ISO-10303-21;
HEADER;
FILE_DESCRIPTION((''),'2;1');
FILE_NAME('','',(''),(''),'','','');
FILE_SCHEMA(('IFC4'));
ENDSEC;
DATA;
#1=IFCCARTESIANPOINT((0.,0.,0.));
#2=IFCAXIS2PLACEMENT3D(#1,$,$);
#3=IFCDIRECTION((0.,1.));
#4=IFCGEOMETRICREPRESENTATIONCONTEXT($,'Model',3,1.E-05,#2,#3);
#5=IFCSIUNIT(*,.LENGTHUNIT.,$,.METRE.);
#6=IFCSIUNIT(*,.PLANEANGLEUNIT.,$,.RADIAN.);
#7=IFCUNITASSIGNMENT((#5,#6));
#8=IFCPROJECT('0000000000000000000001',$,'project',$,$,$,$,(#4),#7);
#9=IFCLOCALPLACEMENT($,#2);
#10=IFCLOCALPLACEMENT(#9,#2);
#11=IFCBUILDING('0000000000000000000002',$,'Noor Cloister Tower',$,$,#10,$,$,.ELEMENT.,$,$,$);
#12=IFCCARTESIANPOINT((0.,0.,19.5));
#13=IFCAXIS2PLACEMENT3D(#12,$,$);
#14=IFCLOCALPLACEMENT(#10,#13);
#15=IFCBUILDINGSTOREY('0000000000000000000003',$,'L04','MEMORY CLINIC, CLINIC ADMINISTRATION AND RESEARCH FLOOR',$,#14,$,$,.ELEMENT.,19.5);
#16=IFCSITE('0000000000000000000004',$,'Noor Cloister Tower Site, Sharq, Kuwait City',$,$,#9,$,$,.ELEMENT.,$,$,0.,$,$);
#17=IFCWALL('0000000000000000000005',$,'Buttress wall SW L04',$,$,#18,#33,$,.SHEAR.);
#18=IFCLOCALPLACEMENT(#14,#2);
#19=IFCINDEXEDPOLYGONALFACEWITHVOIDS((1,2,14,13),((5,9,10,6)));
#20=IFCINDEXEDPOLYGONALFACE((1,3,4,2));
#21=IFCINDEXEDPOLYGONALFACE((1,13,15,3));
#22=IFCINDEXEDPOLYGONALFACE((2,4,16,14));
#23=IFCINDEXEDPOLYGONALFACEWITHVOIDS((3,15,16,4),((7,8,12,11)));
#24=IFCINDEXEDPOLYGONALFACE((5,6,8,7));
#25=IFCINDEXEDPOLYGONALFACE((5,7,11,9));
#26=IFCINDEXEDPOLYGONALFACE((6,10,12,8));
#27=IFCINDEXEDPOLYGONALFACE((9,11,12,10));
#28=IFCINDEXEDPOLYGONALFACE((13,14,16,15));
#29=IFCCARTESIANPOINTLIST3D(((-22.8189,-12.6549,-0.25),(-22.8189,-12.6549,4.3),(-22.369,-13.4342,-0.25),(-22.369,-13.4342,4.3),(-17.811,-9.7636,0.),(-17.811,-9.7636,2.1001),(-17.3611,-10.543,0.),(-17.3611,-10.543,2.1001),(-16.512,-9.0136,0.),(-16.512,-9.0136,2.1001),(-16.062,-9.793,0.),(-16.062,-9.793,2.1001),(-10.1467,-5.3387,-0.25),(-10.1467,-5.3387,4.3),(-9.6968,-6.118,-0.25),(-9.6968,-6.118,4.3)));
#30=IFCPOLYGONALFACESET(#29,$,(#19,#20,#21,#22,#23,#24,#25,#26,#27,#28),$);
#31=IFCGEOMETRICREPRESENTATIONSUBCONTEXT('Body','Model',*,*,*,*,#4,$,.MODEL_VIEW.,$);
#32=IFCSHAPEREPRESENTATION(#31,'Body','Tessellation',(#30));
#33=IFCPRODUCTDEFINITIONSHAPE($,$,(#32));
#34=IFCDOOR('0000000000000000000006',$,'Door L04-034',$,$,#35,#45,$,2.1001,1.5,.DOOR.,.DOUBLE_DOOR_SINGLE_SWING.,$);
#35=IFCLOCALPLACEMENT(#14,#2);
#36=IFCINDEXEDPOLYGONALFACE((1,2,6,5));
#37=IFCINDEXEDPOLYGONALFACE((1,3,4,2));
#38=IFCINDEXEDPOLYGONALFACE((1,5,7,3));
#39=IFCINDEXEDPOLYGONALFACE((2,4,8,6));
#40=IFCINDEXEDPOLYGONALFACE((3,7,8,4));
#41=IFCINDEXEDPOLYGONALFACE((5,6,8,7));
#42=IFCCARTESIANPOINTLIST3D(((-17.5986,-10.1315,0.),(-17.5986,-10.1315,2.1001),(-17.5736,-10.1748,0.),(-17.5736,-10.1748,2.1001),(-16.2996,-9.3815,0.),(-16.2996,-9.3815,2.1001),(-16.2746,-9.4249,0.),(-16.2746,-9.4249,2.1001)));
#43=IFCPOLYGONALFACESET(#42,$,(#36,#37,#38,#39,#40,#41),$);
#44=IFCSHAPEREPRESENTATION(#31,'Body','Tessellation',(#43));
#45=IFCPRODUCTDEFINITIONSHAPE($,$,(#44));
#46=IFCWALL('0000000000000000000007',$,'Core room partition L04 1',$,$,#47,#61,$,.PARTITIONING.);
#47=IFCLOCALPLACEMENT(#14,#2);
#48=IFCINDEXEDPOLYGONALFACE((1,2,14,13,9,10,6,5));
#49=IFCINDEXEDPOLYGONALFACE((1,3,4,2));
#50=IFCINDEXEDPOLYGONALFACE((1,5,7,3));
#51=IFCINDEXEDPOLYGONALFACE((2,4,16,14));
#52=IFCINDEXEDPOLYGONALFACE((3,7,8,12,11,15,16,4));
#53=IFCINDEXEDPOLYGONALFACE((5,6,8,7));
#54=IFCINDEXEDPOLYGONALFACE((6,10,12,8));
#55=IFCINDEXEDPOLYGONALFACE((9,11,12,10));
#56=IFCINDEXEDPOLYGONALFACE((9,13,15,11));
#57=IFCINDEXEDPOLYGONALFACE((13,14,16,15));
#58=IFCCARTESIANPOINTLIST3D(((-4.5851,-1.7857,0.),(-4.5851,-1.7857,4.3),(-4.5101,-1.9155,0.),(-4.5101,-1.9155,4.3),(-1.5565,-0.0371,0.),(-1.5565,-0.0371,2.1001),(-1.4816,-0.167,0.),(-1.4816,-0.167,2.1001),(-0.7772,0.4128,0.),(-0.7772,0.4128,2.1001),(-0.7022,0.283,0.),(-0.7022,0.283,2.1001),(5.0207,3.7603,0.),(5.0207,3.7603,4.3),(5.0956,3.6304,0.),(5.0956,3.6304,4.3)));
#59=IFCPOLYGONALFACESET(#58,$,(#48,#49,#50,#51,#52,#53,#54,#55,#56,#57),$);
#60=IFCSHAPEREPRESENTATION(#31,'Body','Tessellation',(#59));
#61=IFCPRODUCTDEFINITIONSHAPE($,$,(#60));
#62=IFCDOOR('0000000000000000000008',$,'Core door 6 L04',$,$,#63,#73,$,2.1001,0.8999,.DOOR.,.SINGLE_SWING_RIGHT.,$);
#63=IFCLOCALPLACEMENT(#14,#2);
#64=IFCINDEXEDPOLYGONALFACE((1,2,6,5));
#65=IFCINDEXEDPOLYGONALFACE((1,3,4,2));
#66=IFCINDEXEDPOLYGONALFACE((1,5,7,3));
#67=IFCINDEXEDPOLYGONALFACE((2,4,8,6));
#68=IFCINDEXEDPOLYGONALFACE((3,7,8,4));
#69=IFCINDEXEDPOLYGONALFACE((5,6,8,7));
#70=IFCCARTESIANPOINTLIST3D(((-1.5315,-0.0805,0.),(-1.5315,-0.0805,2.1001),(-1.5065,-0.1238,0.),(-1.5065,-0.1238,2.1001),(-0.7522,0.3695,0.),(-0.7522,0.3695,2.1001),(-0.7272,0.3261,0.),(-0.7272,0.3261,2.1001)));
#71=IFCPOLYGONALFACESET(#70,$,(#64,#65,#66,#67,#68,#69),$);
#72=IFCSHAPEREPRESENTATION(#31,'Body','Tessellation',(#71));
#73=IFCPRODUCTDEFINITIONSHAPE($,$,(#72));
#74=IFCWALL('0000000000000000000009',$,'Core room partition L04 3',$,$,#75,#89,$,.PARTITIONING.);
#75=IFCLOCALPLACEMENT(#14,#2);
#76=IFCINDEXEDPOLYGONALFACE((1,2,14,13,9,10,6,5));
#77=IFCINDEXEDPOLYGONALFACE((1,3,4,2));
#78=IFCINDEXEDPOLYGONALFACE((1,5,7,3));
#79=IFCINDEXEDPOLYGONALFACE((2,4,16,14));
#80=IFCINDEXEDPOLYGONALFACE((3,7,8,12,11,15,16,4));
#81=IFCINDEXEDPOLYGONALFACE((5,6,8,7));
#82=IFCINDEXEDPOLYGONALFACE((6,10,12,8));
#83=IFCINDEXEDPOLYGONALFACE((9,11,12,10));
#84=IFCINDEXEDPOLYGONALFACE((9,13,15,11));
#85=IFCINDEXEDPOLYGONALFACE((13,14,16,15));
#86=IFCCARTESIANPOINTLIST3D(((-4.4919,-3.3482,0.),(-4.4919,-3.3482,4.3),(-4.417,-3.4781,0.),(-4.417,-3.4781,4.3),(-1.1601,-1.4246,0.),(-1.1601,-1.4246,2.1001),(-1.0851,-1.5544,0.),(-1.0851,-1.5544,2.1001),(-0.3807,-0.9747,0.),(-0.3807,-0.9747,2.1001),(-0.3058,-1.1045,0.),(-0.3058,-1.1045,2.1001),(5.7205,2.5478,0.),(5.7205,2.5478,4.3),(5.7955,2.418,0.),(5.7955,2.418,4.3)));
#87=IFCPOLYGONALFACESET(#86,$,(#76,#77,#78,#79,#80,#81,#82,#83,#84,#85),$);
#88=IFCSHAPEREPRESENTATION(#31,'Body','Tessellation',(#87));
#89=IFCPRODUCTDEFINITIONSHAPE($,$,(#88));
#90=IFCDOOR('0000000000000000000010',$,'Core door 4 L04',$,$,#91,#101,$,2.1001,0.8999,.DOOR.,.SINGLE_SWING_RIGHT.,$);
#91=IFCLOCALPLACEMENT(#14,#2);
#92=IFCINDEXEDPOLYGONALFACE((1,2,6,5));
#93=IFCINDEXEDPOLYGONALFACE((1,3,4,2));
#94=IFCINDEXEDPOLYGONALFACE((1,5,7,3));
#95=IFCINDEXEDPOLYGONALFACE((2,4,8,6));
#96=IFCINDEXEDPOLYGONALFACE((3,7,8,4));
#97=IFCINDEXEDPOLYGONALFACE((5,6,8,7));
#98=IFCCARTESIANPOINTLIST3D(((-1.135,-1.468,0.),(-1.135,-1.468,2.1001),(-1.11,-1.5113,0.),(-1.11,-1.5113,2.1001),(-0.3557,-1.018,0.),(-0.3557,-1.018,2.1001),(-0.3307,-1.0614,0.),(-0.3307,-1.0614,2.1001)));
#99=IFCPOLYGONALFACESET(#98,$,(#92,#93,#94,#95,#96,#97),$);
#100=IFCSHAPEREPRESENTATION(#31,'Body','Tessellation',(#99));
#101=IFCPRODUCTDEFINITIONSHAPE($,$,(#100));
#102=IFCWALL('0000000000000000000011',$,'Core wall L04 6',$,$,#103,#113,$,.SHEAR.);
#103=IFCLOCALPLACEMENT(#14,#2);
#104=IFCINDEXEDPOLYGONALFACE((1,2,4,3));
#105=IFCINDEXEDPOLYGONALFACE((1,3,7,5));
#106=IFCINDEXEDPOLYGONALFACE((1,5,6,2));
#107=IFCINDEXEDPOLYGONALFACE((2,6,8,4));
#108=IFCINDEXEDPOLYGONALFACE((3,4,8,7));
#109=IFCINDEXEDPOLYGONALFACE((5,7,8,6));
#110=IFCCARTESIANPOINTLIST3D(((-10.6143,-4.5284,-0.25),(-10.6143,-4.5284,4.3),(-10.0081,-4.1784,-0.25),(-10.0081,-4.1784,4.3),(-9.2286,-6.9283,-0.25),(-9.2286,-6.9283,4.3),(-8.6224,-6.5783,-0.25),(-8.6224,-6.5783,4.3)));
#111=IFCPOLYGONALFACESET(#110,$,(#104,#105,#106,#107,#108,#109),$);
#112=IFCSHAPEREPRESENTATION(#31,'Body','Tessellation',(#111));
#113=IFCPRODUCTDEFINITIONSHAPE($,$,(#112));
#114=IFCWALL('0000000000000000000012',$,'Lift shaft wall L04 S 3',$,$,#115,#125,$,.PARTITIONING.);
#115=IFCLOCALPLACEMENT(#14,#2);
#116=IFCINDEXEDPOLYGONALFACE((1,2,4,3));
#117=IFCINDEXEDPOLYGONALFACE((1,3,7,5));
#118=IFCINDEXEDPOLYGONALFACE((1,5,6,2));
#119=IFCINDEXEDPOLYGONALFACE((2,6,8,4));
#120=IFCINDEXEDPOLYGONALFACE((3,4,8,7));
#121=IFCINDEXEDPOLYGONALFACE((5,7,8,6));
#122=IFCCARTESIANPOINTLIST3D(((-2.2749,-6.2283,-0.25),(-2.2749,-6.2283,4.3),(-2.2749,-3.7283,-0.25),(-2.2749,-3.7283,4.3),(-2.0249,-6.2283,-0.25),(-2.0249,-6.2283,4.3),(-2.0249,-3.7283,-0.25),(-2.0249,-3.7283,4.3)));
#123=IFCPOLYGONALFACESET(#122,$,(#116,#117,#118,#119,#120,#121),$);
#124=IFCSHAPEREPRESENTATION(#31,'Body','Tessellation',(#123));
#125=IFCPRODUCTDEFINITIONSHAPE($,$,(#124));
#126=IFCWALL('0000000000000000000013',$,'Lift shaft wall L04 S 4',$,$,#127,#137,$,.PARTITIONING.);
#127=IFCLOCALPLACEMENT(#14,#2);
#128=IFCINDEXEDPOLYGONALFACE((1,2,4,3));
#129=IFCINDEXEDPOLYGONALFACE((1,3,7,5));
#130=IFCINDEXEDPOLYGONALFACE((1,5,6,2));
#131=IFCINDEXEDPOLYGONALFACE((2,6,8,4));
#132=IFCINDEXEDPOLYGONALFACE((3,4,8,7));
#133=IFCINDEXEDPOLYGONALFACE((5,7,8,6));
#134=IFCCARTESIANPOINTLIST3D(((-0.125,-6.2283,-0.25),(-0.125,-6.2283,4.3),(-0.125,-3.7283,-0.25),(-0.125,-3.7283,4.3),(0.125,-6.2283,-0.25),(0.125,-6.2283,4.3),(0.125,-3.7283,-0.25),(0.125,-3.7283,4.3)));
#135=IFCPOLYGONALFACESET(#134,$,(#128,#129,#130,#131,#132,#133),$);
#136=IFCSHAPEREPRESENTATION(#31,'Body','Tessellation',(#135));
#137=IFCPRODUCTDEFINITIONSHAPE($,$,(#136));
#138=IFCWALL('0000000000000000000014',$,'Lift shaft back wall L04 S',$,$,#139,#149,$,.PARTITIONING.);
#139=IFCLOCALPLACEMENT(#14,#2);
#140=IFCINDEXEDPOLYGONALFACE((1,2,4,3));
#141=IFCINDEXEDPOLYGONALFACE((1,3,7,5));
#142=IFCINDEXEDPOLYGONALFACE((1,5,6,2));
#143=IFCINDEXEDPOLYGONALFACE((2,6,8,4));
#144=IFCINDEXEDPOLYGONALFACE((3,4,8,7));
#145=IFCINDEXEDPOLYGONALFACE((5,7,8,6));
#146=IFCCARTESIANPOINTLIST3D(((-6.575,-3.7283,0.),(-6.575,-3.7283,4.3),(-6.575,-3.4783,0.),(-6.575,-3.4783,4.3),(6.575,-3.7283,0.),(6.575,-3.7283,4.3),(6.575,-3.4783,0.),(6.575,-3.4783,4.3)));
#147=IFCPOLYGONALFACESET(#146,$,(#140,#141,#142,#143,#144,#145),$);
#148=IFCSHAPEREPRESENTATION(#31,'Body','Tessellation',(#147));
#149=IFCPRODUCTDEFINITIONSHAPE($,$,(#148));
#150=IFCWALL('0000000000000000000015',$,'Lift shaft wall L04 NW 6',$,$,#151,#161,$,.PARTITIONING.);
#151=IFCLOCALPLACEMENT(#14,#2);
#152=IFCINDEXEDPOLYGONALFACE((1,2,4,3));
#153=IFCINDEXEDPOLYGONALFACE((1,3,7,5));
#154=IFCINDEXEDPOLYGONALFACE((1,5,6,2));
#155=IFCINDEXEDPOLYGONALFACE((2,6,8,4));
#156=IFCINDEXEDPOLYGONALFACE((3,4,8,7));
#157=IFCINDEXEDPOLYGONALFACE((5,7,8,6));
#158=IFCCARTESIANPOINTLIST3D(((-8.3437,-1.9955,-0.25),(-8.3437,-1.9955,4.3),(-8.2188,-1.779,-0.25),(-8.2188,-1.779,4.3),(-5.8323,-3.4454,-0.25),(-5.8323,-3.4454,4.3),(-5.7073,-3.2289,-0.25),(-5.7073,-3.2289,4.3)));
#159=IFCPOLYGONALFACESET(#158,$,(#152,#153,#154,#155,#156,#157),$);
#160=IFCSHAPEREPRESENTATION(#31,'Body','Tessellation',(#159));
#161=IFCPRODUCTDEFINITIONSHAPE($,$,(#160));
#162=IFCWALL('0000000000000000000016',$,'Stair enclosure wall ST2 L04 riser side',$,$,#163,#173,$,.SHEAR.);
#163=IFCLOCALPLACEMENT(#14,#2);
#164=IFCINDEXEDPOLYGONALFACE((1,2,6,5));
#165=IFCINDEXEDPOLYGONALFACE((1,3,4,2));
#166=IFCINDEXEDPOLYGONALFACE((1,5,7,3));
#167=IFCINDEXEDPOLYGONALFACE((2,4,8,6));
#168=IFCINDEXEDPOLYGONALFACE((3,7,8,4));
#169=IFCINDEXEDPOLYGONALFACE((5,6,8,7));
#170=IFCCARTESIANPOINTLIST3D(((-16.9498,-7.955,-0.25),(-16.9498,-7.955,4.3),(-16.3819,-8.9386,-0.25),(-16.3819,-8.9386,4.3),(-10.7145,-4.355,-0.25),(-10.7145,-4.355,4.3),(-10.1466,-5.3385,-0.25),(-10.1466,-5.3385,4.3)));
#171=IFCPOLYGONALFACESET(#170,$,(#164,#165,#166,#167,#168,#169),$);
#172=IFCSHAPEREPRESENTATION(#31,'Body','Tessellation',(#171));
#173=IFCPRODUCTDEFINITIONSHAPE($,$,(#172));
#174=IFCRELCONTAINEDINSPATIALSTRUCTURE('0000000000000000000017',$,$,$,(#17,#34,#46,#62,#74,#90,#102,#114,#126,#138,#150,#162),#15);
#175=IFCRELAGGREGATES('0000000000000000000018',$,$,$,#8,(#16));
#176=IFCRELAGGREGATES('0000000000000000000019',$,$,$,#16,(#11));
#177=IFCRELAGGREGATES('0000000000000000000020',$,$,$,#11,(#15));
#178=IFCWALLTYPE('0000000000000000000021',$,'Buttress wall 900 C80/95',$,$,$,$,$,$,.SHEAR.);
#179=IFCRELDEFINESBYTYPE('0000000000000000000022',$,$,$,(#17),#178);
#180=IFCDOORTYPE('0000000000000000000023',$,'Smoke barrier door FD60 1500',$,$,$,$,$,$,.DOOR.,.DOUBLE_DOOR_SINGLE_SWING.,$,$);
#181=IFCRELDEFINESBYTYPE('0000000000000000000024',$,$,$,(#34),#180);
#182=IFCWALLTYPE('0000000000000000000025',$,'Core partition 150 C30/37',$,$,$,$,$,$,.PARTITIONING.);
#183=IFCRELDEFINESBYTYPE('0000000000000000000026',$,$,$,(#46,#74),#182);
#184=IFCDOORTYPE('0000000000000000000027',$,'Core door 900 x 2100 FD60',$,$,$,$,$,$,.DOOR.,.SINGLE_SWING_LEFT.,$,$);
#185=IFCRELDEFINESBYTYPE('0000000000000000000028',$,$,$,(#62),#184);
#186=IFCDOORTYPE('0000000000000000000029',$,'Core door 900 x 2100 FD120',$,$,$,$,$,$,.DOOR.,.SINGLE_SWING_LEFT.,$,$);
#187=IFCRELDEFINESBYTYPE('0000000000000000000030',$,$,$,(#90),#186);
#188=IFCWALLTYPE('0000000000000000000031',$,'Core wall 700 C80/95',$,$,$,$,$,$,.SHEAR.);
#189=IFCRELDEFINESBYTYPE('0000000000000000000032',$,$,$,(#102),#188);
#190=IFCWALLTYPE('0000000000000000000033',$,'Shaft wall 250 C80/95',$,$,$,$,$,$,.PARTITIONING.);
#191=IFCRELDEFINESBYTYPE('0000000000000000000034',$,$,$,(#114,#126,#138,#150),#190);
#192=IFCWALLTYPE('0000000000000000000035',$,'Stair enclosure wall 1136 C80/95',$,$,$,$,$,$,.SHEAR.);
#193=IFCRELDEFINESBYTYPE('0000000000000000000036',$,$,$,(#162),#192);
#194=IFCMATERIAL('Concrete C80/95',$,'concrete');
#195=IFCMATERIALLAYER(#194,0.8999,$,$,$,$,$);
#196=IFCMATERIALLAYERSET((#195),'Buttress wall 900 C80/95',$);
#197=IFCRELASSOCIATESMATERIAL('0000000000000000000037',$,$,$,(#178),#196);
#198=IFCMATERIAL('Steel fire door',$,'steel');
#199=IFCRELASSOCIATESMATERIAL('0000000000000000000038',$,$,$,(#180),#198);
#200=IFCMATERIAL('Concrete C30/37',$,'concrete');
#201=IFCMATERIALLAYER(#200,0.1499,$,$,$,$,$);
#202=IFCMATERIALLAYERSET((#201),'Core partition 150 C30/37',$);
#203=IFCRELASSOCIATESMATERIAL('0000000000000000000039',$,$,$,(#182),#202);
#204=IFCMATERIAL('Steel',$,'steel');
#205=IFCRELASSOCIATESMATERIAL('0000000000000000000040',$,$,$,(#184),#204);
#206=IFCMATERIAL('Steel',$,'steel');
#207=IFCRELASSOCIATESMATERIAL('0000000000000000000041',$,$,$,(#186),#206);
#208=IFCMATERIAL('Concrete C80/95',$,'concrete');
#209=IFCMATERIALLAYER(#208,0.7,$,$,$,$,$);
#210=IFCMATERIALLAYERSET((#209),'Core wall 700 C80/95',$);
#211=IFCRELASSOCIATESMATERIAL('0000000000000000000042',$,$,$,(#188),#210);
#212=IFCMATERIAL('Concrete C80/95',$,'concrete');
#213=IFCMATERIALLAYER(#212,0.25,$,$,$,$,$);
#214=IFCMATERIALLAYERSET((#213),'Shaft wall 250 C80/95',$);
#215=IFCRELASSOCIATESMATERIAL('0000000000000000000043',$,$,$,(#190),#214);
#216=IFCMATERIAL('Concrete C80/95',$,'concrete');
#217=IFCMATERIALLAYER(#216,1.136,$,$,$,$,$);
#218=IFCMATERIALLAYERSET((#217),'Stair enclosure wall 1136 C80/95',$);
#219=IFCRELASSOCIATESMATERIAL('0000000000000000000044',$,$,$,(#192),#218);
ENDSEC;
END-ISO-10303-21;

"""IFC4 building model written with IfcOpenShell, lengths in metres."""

from ifc_helpers import new_model, si_unit, direction, frame, frame_2d, origin, place, context, subcontext, project, spatial, rectangle, extrude, material, layer, layer_set, type_object, element, fill, save


model = new_model("IFC4")

# Units and contexts
model_context = context("Model", 3, precision=1e-05, world=origin(), true_north=direction((0.0, 1.0)))
body_context = subcontext(model_context, "Body", "Model", "MODEL_VIEW")
ifc_project = project(units=[si_unit("LENGTHUNIT", "METRE"), si_unit("PLANEANGLEUNIT", "RADIAN")], contexts=[model_context])

# Site, building, storey
site_placement = place(None, origin())
site = spatial("IfcSite", under=ifc_project, at=site_placement, Name="Noor Cloister Tower Site, Sharq, Kuwait City", CompositionType="ELEMENT", RefElevation=0.0)
building_placement = place(site_placement, origin())
building = spatial("IfcBuilding", under=site, at=building_placement, Name="Noor Cloister Tower", CompositionType="ELEMENT")
storey_placement = place(building_placement, frame((0.0, 0.0, 19.5)))
storey = spatial("IfcBuildingStorey", under=building, at=storey_placement, Name="L04", Description="MEMORY CLINIC, CLINIC ADMINISTRATION AND RESEARCH FLOOR", CompositionType="ELEMENT", Elevation=19.5)

# Walls, openings, doors
ifc_material_1 = material(Name="Concrete C80/95", Category="concrete")
ifc_layer_1 = layer(ifc_material_1, 0.8999)
ifc_layer_set_1 = layer_set([ifc_layer_1], Name="Buttress wall 900 C80/95")
wall_type_1 = type_object("IfcWallType", Name="Buttress wall 900 C80/95", PredefinedType="SHEAR", material=ifc_layer_set_1)
wall_1_placement = place(storey_placement, frame((-9.9216, -5.7283, -0.25), z_axis=(0.0, 0.0, 1.0), x_axis=(-0.866028, -0.499995, 0.0)))
wall_1 = element("IfcWall", 1, at=wall_1_placement, inside=storey, type_object=wall_type_1, Name="Buttress wall SW L04", PredefinedType="SHEAR", context=body_context, shape_type="SweptSolid", body=[
    extrude(rectangle(XDim=14.6326, YDim=0.8999, at=frame_2d((7.3164, 0.0))), origin(), (0.0, 0.0, 1.0), 4.55),
])
opening_1_placement = place(wall_1_placement, frame((7.3501, 0.0, 0.25)))
opening_1 = element("IfcOpeningElement", 2, at=opening_1_placement, cuts=wall_1, PredefinedType="OPENING", context=body_context, shape_type="SweptSolid", body=[
    extrude(rectangle(XDim=1.5, YDim=2.1001, at=frame_2d((0.75, 1.05))), frame((0.0, 0.46, 0.0), z_axis=(0.0, -1.0, 0.0), x_axis=(1.0, 0.0, 0.0)), (0.0, 0.0, 1.0), 0.9199),
])
ifc_material_2 = material(Name="Steel fire door", Category="steel")
door_type_1 = type_object("IfcDoorType", Name="Smoke barrier door FD60 1500", OperationType="DOUBLE_DOOR_SINGLE_SWING", PredefinedType="DOOR", material=ifc_material_2)
door_1_placement = place(opening_1_placement, origin())
door_1 = element("IfcDoor", 3, at=door_1_placement, inside=storey, type_object=door_type_1, Name="Door L04-034", OperationType="DOUBLE_DOOR_SINGLE_SWING", OverallHeight=2.1001, OverallWidth=1.5, PredefinedType="DOOR", context=body_context, shape_type="SweptSolid", body=[
    extrude(rectangle(XDim=1.5, YDim=2.1001, at=frame_2d((0.75, 1.05))), frame((0.0, 0.0249, 0.0), z_axis=(0.0, -1.0, 0.0), x_axis=(1.0, 0.0, 0.0)), (0.0, 0.0, 1.0), 0.05),
])
fill(opening_1, door_1)
ifc_material_3 = material(Name="Concrete C30/37", Category="concrete")
ifc_layer_2 = layer(ifc_material_3, 0.1499)
ifc_layer_set_2 = layer_set([ifc_layer_2], Name="Core partition 150 C30/37")
wall_type_2 = type_object("IfcWallType", Name="Core partition 150 C30/37", PredefinedType="PARTITIONING", material=ifc_layer_set_2)
wall_2_placement = place(storey_placement, frame((-4.5476, -1.8506, 0.0), z_axis=(0.0, 0.0, 1.0), x_axis=(0.866024, 0.500003, 0.0)))
wall_2 = element("IfcWall", 4, at=wall_2_placement, inside=storey, type_object=wall_type_2, Name="Core room partition L04 1", PredefinedType="PARTITIONING", context=body_context, shape_type="SweptSolid", body=[
    extrude(rectangle(XDim=11.0918, YDim=0.1499, at=frame_2d((5.5459, 0.0))), origin(), (0.0, 0.0, 1.0), 4.3),
])
opening_2_placement = place(wall_2_placement, frame((3.4971, 0.0, 0.0)))
opening_2 = element("IfcOpeningElement", 5, at=opening_2_placement, cuts=wall_2, PredefinedType="OPENING", context=body_context, shape_type="SweptSolid", body=[
    extrude(rectangle(XDim=0.8999, YDim=2.1001, at=frame_2d((0.45, 1.05))), frame((0.0, 0.085, 0.0), z_axis=(0.0, -1.0, 0.0), x_axis=(1.0, 0.0, 0.0)), (0.0, 0.0, 1.0), 0.1699),
])
ifc_material_4 = material(Name="Steel", Category="steel")
door_type_2 = type_object("IfcDoorType", Name="Core door 900 x 2100 FD60", OperationType="SINGLE_SWING_LEFT", PredefinedType="DOOR", material=ifc_material_4)
door_2_placement = place(opening_2_placement, origin())
door_2 = element("IfcDoor", 6, at=door_2_placement, inside=storey, type_object=door_type_2, Name="Core door 6 L04", OperationType="SINGLE_SWING_RIGHT", OverallHeight=2.1001, OverallWidth=0.8999, PredefinedType="DOOR", context=body_context, shape_type="SweptSolid", body=[
    extrude(rectangle(XDim=0.8999, YDim=2.1001, at=frame_2d((0.45, 1.05))), frame((0.0, 0.0249, 0.0), z_axis=(0.0, -1.0, 0.0), x_axis=(1.0, 0.0, 0.0)), (0.0, 0.0, 1.0), 0.05),
])
fill(opening_2, door_2)
wall_3_placement = place(storey_placement, frame((-4.4543, -3.4131, 0.0), z_axis=(0.0, 0.0, 1.0), x_axis=(0.86603, 0.499991, 0.0)))
wall_3 = element("IfcWall", 7, at=wall_3_placement, inside=storey, type_object=wall_type_2, Name="Core room partition L04 3", PredefinedType="PARTITIONING", context=body_context, shape_type="SweptSolid", body=[
    extrude(rectangle(XDim=11.7922, YDim=0.1499, at=frame_2d((5.896, 0.0))), origin(), (0.0, 0.0, 1.0), 4.3),
])
opening_3_placement = place(wall_3_placement, frame((3.8472, 0.0, 0.0)))
opening_3 = element("IfcOpeningElement", 8, at=opening_3_placement, cuts=wall_3, PredefinedType="OPENING", context=body_context, shape_type="SweptSolid", body=[
    extrude(rectangle(XDim=0.8999, YDim=2.1001, at=frame_2d((0.45, 1.05))), frame((0.0, 0.085, 0.0), z_axis=(0.0, -1.0, 0.0), x_axis=(1.0, 0.0, 0.0)), (0.0, 0.0, 1.0), 0.1699),
])
ifc_material_5 = material(Name="Steel", Category="steel")
door_type_3 = type_object("IfcDoorType", Name="Core door 900 x 2100 FD120", OperationType="SINGLE_SWING_LEFT", PredefinedType="DOOR", material=ifc_material_5)
door_3_placement = place(opening_3_placement, origin())
door_3 = element("IfcDoor", 9, at=door_3_placement, inside=storey, type_object=door_type_3, Name="Core door 4 L04", OperationType="SINGLE_SWING_RIGHT", OverallHeight=2.1001, OverallWidth=0.8999, PredefinedType="DOOR", context=body_context, shape_type="SweptSolid", body=[
    extrude(rectangle(XDim=0.8999, YDim=2.1001, at=frame_2d((0.45, 1.05))), frame((0.0, 0.0249, 0.0), z_axis=(0.0, -1.0, 0.0), x_axis=(1.0, 0.0, 0.0)), (0.0, 0.0, 1.0), 0.05),
])
fill(opening_3, door_3)

# Walls
ifc_material_6 = material(Name="Concrete C80/95", Category="concrete")
ifc_layer_3 = layer(ifc_material_6, 0.7)
ifc_layer_set_3 = layer_set([ifc_layer_3], Name="Core wall 700 C80/95")
wall_type_3 = type_object("IfcWallType", Name="Core wall 700 C80/95", PredefinedType="SHEAR", material=ifc_layer_set_3)
wall_4_placement = place(storey_placement, frame((-10.3113, -4.3533, -0.25), z_axis=(0.0, 0.0, 1.0), x_axis=(0.500043, -0.866001, 0.0)))
element("IfcWall", 10, at=wall_4_placement, inside=storey, type_object=wall_type_3, Name="Core wall L04 6", PredefinedType="SHEAR", context=body_context, shape_type="SweptSolid", body=[
    extrude(rectangle(XDim=2.7712, YDim=0.7, at=frame_2d((1.3857, 0.0))), origin(), (0.0, 0.0, 1.0), 4.55),
])
ifc_material_7 = material(Name="Concrete C80/95", Category="concrete")
ifc_layer_4 = layer(ifc_material_7, 0.25)
ifc_layer_set_4 = layer_set([ifc_layer_4], Name="Shaft wall 250 C80/95")
wall_type_4 = type_object("IfcWallType", Name="Shaft wall 250 C80/95", PredefinedType="PARTITIONING", material=ifc_layer_set_4)
for number, where, z_axis, x_axis, name in (
    (11, (-2.1499, -6.2283, -0.25), (0.0, 0.0, 1.0), (0.0, 1.0, 0.0), "Lift shaft wall L04 S 3"),
    (12, (0.0, -6.2283, -0.25), (0.0, 0.0, 1.0), (0.0, 1.0, 0.0), "Lift shaft wall L04 S 4"),
):
    element("IfcWall", number, at=place(storey_placement, frame(where, z_axis=z_axis, x_axis=x_axis)), inside=storey, type_object=wall_type_4, Name=name, PredefinedType="PARTITIONING", context=body_context, shape_type="SweptSolid", body=[
        extrude(rectangle(XDim=2.5, YDim=0.25, at=frame_2d((1.25, 0.0))), origin(), (0.0, 0.0, 1.0), 4.55),
    ])
wall_5_placement = place(storey_placement, frame((-6.575, -3.6033, 0.0), z_axis=(0.0, 0.0, 1.0), x_axis=(1.0, 0.0, 0.0)))
element("IfcWall", 13, at=wall_5_placement, inside=storey, type_object=wall_type_4, Name="Lift shaft back wall L04 S", PredefinedType="PARTITIONING", context=body_context, shape_type="SweptSolid", body=[
    extrude(rectangle(XDim=13.1499, YDim=0.25, at=frame_2d((6.575, 0.0))), origin(), (0.0, 0.0, 1.0), 4.3),
])
wall_6_placement = place(storey_placement, frame((-8.2812, -1.8872, -0.25), z_axis=(0.0, 0.0, 1.0), x_axis=(0.866033, -0.499987, 0.0)))
element("IfcWall", 14, at=wall_6_placement, inside=storey, type_object=wall_type_4, Name="Lift shaft wall L04 NW 6", PredefinedType="PARTITIONING", context=body_context, shape_type="SweptSolid", body=[
    extrude(rectangle(XDim=2.8999, YDim=0.25, at=frame_2d((1.45, 0.0))), origin(), (0.0, 0.0, 1.0), 4.55),
])
ifc_material_8 = material(Name="Concrete C80/95", Category="concrete")
ifc_layer_5 = layer(ifc_material_8, 1.136)
ifc_layer_set_5 = layer_set([ifc_layer_5], Name="Stair enclosure wall 1136 C80/95")
wall_type_5 = type_object("IfcWallType", Name="Stair enclosure wall 1136 C80/95", PredefinedType="SHEAR", material=ifc_layer_set_5)
wall_7_placement = place(storey_placement, frame((-10.4304, -4.8467, -0.25), z_axis=(0.0, 0.0, 1.0), x_axis=(-0.866018, -0.500012, 0.0)))
element("IfcWall", 15, at=wall_7_placement, inside=storey, type_object=wall_type_5, Name="Stair enclosure wall ST2 L04 riser side", PredefinedType="SHEAR", context=body_context, shape_type="SweptSolid", body=[
    extrude(rectangle(XDim=7.2, YDim=1.1357, at=frame_2d((3.6001, 0.0))), origin(), (0.0, 0.0, 1.0), 4.55),
])

save(model, "model.ifc")
